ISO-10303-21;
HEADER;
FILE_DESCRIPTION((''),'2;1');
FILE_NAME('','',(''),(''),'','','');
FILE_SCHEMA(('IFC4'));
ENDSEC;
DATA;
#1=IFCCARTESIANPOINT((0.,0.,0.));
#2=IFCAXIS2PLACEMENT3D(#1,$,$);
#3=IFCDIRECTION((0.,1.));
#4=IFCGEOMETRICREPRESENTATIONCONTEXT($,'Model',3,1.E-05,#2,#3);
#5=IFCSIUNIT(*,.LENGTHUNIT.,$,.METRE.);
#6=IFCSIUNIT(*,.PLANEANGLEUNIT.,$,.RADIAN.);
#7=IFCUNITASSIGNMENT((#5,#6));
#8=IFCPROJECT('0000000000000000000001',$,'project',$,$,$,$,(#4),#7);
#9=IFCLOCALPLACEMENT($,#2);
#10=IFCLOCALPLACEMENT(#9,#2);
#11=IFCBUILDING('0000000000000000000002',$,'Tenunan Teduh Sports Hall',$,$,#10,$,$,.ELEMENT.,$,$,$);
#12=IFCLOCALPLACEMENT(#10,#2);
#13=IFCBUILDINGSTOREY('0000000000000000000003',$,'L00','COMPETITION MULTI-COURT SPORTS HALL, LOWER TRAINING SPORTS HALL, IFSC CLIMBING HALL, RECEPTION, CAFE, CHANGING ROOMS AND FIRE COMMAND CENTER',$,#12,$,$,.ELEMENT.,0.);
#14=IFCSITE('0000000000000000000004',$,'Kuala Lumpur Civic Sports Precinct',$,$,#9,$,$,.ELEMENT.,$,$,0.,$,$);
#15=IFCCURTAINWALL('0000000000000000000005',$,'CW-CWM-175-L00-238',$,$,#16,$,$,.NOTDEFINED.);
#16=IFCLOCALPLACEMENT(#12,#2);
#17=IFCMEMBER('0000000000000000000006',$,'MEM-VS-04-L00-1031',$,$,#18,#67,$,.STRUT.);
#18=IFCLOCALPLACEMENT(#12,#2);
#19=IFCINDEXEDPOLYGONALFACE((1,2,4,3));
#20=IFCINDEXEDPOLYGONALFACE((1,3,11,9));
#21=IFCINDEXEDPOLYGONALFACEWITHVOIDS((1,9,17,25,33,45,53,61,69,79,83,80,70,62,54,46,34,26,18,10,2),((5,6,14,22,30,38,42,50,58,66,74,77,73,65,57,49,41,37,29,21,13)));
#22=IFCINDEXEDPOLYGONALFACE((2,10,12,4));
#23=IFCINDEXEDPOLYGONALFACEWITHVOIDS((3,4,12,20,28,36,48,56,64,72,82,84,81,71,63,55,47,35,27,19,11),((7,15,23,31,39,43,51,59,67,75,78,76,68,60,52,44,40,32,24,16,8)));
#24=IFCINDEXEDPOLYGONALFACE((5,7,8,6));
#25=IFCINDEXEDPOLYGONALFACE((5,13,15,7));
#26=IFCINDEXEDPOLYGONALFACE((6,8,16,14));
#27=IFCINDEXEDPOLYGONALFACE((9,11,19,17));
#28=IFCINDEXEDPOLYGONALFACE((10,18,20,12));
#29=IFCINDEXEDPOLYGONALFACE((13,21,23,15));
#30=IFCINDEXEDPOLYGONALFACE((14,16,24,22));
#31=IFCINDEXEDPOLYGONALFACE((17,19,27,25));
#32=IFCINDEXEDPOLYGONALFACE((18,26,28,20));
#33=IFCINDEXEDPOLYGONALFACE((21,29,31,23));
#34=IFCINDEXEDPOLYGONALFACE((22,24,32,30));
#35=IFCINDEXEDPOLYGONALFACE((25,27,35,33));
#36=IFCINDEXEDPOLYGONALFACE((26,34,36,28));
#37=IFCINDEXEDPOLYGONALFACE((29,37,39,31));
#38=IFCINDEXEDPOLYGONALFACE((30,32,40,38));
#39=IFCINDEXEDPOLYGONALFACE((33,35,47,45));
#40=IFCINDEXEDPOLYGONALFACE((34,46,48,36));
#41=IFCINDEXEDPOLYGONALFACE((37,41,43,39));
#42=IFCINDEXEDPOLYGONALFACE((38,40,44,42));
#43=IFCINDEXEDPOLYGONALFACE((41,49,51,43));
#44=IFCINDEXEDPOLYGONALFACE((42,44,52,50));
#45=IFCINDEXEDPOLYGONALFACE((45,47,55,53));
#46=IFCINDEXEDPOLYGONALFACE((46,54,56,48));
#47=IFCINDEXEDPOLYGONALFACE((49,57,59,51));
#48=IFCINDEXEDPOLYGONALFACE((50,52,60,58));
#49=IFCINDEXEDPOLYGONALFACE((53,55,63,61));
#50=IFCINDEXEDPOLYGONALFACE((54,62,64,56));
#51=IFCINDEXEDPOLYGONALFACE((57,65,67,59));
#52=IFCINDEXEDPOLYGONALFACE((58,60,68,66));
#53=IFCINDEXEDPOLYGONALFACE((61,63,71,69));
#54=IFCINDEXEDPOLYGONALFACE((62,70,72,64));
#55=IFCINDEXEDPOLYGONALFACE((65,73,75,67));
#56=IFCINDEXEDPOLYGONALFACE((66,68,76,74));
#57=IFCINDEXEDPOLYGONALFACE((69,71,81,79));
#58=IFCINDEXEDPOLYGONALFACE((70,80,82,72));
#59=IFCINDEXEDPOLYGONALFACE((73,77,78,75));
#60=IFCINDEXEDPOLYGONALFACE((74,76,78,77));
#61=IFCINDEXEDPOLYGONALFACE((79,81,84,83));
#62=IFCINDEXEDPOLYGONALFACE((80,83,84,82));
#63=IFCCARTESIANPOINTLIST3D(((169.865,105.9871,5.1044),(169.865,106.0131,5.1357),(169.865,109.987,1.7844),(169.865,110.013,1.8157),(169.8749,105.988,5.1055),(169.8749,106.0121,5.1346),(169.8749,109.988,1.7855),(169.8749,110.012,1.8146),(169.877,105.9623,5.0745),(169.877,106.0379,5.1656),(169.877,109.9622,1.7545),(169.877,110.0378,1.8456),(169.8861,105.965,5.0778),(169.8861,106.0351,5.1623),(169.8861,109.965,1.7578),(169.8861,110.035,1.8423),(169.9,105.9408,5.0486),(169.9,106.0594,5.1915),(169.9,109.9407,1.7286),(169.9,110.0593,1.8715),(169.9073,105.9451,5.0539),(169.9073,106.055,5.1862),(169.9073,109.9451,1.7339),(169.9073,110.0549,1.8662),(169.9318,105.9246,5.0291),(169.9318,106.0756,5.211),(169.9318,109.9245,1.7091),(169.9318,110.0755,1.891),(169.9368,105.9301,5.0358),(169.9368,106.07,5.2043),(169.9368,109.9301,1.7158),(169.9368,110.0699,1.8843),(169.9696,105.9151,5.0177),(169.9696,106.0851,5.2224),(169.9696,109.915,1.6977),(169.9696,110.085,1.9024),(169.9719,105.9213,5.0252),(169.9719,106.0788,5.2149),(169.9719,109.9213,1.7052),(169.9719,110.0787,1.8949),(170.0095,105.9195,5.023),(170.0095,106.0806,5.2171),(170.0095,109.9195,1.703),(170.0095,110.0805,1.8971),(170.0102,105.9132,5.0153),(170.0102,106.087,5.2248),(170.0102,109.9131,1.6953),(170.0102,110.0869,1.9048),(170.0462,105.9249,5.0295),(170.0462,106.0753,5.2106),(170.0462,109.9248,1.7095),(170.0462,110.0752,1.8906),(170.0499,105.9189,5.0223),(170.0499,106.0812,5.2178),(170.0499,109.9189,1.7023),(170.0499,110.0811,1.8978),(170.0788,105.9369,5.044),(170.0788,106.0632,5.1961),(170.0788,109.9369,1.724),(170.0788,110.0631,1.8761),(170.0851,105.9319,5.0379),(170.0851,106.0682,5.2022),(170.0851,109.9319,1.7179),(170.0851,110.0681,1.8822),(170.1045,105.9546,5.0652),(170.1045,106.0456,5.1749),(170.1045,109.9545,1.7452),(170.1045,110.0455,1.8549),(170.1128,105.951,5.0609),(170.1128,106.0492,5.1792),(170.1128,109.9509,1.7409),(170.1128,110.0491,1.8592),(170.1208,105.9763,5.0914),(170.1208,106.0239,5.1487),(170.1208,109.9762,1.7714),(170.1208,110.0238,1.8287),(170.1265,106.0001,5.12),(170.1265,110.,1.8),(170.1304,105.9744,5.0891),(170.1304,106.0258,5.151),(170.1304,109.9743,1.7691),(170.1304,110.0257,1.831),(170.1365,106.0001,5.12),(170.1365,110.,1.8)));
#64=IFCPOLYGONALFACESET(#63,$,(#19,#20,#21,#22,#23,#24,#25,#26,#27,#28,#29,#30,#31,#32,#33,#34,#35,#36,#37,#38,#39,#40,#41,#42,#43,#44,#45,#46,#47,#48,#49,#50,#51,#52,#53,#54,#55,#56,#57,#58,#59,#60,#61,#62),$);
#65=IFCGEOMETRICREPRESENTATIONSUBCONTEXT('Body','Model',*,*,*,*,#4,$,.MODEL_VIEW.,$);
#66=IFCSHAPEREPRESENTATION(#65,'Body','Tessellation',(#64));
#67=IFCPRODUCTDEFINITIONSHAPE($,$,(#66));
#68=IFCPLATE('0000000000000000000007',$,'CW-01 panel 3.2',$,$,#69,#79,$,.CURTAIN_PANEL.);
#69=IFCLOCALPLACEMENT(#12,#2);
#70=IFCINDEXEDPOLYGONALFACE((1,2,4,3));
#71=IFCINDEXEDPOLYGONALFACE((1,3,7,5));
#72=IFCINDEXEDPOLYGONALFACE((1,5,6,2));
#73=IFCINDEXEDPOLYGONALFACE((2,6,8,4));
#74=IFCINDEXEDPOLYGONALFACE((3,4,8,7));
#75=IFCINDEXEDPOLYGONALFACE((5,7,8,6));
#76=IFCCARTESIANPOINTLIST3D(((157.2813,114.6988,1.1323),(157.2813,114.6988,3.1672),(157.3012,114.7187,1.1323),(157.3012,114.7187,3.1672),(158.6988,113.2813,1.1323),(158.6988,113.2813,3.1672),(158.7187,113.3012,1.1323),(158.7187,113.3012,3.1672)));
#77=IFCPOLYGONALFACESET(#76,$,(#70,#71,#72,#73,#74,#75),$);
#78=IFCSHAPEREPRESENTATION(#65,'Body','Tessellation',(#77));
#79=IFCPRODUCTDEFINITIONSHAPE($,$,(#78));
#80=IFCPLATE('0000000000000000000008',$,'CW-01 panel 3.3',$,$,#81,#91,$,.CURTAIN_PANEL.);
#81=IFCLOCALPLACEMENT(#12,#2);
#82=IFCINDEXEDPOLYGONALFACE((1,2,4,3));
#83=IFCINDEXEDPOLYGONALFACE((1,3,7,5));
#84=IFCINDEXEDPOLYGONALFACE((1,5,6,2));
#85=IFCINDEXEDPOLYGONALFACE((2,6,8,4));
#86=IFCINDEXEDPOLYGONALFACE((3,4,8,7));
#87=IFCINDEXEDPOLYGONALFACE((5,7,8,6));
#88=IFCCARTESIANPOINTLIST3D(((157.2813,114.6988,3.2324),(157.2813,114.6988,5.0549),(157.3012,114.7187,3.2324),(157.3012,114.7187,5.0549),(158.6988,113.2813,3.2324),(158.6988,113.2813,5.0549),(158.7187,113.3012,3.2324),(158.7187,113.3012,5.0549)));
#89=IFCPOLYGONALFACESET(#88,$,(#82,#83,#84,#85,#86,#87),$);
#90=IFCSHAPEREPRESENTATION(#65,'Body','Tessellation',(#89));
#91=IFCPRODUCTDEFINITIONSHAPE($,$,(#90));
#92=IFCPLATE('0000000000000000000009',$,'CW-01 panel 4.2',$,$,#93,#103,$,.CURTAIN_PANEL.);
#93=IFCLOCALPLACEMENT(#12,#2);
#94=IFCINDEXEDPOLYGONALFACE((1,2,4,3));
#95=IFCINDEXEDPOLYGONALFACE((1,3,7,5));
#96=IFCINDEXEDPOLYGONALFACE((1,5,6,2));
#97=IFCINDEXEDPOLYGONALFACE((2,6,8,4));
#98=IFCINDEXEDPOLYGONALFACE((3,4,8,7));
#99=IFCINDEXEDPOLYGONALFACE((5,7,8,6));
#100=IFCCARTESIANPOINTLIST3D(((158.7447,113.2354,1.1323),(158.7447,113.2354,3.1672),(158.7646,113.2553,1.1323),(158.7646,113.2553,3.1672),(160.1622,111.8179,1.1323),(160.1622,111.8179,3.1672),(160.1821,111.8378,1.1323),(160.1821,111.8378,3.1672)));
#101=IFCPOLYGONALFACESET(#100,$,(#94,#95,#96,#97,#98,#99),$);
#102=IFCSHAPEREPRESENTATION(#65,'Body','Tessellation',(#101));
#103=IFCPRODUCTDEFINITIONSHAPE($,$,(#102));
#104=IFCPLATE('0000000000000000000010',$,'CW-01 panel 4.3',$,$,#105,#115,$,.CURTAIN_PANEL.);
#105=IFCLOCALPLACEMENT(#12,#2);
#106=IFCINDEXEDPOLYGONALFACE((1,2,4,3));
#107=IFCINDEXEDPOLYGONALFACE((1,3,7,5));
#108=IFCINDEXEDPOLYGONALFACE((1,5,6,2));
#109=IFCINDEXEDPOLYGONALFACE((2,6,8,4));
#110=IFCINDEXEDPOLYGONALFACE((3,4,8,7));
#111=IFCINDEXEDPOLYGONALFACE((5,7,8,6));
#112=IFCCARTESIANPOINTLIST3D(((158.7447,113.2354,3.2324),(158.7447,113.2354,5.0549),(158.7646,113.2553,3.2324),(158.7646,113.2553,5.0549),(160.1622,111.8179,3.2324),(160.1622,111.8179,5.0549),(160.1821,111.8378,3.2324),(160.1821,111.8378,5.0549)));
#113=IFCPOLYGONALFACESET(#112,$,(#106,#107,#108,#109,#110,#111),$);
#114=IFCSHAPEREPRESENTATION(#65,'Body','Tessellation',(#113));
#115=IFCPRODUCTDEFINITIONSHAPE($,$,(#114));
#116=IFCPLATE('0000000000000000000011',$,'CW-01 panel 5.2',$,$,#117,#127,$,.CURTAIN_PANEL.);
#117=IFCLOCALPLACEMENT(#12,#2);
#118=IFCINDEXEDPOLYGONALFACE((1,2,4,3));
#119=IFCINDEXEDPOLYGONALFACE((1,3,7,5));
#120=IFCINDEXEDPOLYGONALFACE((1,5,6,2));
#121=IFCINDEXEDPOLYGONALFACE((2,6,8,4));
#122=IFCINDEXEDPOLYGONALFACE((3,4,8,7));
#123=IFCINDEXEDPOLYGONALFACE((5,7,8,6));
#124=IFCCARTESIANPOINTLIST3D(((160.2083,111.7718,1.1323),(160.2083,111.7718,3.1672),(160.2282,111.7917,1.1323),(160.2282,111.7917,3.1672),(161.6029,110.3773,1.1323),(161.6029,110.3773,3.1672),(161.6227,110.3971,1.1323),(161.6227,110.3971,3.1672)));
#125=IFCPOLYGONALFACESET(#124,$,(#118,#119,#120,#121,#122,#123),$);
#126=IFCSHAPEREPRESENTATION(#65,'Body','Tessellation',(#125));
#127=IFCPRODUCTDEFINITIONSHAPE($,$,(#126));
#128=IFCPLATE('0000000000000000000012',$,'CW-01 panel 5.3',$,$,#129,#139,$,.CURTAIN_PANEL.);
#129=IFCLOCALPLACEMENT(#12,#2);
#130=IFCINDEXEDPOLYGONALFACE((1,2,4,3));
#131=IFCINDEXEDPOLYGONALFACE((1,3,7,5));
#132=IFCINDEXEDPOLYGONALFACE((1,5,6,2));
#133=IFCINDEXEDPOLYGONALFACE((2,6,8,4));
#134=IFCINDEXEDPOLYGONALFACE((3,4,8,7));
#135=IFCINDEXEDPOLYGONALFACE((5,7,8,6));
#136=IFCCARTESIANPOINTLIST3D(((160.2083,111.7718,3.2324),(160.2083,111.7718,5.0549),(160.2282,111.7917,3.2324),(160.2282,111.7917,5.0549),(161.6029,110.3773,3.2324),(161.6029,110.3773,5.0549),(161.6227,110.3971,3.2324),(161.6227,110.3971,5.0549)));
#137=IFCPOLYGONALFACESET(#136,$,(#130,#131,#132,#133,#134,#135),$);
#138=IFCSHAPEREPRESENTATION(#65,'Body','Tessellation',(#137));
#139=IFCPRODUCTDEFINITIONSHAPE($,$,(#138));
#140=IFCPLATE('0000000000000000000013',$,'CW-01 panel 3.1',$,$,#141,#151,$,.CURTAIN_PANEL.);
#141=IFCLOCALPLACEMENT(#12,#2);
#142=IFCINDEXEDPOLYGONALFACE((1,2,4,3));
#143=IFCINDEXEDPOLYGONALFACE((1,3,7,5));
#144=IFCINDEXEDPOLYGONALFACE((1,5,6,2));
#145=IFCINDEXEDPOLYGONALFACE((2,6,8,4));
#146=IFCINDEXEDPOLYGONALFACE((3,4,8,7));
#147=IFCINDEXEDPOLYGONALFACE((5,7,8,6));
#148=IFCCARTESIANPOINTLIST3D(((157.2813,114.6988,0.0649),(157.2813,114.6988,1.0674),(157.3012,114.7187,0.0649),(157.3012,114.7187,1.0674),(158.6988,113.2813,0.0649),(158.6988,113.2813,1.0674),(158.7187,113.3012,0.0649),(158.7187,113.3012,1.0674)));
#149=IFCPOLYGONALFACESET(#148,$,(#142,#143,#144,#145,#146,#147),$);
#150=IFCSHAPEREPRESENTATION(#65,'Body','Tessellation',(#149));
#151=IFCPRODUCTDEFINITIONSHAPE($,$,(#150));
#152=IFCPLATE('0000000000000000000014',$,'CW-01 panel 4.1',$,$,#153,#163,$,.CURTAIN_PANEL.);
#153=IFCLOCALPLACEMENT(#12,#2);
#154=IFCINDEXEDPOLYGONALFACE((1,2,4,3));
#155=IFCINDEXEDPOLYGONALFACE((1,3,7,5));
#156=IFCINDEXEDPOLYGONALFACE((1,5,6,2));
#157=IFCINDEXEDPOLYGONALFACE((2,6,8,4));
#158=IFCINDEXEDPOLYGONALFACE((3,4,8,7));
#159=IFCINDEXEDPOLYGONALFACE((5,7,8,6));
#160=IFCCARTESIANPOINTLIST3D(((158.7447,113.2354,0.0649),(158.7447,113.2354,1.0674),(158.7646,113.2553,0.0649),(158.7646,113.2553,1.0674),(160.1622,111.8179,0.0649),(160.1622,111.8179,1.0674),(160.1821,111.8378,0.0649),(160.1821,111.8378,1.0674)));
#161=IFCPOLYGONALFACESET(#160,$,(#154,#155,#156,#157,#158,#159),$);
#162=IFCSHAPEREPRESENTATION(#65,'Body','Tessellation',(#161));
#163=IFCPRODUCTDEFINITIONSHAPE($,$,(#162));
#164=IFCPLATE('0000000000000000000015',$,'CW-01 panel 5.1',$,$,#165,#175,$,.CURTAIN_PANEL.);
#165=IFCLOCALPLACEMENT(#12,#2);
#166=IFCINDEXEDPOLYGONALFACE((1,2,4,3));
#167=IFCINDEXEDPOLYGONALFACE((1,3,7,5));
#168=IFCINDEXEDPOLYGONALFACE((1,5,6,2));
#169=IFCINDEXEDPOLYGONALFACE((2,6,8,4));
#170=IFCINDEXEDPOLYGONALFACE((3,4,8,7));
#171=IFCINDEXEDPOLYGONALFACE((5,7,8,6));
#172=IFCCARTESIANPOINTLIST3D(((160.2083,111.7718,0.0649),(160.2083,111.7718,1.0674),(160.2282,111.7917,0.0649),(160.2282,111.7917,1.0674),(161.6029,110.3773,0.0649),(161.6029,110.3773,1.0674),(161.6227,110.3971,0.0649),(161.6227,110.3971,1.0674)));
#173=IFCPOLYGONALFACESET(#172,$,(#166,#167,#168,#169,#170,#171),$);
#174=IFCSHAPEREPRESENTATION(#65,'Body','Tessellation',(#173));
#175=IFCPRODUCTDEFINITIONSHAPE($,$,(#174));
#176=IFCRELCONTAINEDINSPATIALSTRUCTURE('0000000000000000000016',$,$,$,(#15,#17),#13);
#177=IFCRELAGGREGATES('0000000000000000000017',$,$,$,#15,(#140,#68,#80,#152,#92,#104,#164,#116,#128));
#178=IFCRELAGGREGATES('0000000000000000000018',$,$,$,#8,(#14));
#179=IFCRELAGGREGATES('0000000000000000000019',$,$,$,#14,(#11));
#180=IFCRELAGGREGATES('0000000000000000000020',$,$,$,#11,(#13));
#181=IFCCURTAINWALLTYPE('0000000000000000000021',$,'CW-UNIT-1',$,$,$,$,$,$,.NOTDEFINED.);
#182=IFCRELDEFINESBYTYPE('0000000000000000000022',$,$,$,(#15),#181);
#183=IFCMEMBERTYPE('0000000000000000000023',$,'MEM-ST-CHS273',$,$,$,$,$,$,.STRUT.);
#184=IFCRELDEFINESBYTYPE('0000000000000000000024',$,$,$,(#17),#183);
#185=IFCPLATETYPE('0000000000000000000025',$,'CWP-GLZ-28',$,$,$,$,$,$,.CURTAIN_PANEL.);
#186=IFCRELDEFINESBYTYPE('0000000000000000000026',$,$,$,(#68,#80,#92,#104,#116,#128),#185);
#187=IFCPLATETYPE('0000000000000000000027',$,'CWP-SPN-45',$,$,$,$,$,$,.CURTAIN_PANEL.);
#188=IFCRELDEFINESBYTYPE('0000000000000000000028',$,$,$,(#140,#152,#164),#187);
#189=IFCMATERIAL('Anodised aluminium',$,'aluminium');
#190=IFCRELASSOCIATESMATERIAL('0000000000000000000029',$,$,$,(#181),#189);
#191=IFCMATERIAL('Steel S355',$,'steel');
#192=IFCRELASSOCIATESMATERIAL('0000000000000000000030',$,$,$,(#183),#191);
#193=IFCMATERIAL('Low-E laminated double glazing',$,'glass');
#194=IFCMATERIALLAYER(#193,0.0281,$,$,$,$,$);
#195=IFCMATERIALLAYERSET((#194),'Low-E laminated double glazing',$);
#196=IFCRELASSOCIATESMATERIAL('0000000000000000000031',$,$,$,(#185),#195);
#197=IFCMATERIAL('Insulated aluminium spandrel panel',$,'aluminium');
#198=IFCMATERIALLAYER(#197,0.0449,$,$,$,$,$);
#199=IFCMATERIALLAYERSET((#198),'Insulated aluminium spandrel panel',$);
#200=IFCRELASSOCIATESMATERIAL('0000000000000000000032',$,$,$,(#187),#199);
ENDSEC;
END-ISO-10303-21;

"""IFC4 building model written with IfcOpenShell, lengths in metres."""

from ifc_helpers import new_model, si_unit, direction, frame, origin, origin_2d, place, context, subcontext, project, spatial, rectangle, hollow_circle, extrude, material, layer, layer_set, material_profile, profile_set, type_object, element, aggregate, save


model = new_model("IFC4")

# Units and contexts
model_context = context("Model", 3, precision=1e-05, world=origin(), true_north=direction((0.0, 1.0)))
body_context = subcontext(model_context, "Body", "Model", "MODEL_VIEW")
ifc_project = project(units=[si_unit("LENGTHUNIT", "METRE"), si_unit("PLANEANGLEUNIT", "RADIAN")], contexts=[model_context])

# Site, building, storey
site_placement = place(None, origin())
site = spatial("IfcSite", under=ifc_project, at=site_placement, Name="Kuala Lumpur Civic Sports Precinct", CompositionType="ELEMENT", RefElevation=0.0)
building_placement = place(site_placement, origin())
building = spatial("IfcBuilding", under=site, at=building_placement, Name="Tenunan Teduh Sports Hall", CompositionType="ELEMENT")
storey_placement = place(building_placement, origin())
storey = spatial("IfcBuildingStorey", under=building, at=storey_placement, Name="L00", Description="COMPETITION MULTI-COURT SPORTS HALL, LOWER TRAINING SPORTS HALL, IFSC CLIMBING HALL, RECEPTION, CAFE, CHANGING ROOMS AND FIRE COMMAND CENTER", CompositionType="ELEMENT", Elevation=0.0)

# Curtain wall
ifc_material_1 = material(Name="Anodised aluminium", Category="aluminium")
curtain_wall_type = type_object("IfcCurtainWallType", Name="CW-UNIT-1", PredefinedType="NOTDEFINED", material=ifc_material_1)
curtain_wall_placement = place(storey_placement, origin())
curtain_wall = element("IfcCurtainWall", 1, at=curtain_wall_placement, inside=storey, type_object=curtain_wall_type, Name="CW-CWM-175-L00-238", PredefinedType="NOTDEFINED")

# Member
ifc_material_2 = material(Name="Steel S355", Category="steel")
ifc_material_profile_1 = material_profile(ifc_material_2, hollow_circle(Radius=0.1365, WallThickness=0.01, at=origin_2d()), Name="CHS 273.0x10.0")
ifc_profile_set_1 = profile_set([ifc_material_profile_1], Name="Steel S355")
member_type_1 = type_object("IfcMemberType", Name="MEM-ST-CHS273", PredefinedType="STRUT", material=ifc_profile_set_1)
member_1_placement = place(storey_placement, frame((170.0, 110.0, 1.8), z_axis=(0.0, -0.769475, 0.638677), x_axis=(1.0, 0.0, 0.0)))
element("IfcMember", 2, at=member_1_placement, inside=storey, type_object=member_type_1, Name="MEM-VS-04-L00-1031", PredefinedType="STRUT", context=body_context, shape_type="SweptSolid", body=[
    extrude(hollow_circle(Radius=0.1365, WallThickness=0.01, at=origin_2d()), origin(), (0.0, 0.0, 1.0), 5.1982),
])

# Plates
ifc_material_3 = material(Name="Low-E laminated double glazing", Category="glass")
ifc_layer_1 = layer(ifc_material_3, 0.0281)
ifc_layer_set_1 = layer_set([ifc_layer_1], Name="Low-E laminated double glazing")
plate_type_1 = type_object("IfcPlateType", Name="CWP-GLZ-28", PredefinedType="CURTAIN_PANEL", material=ifc_layer_set_1)
plate_1_placement = place(storey_placement, frame((158.0, 114.0, 1.1323), z_axis=(0.0, 0.0, 1.0), x_axis=(0.707107, -0.707107, 0.0)))
plate_1 = element("IfcPlate", 3, at=plate_1_placement, type_object=plate_type_1, Name="CW-01 panel 3.2", PredefinedType="CURTAIN_PANEL", context=body_context, shape_type="SweptSolid", body=[
    extrude(rectangle(XDim=2.0046, YDim=0.0281, at=origin_2d()), origin(), (0.0, 0.0, 1.0), 2.0349),
])
plate_2_placement = place(storey_placement, frame((158.0, 114.0, 3.2324), z_axis=(0.0, 0.0, 1.0), x_axis=(0.707107, -0.707107, 0.0)))
plate_2 = element("IfcPlate", 4, at=plate_2_placement, type_object=plate_type_1, Name="CW-01 panel 3.3", PredefinedType="CURTAIN_PANEL", context=body_context, shape_type="SweptSolid", body=[
    extrude(rectangle(XDim=2.0046, YDim=0.0281, at=origin_2d()), origin(), (0.0, 0.0, 1.0), 1.8225),
])
plate_3_placement = place(storey_placement, frame((159.4634, 112.5366, 1.1323), z_axis=(0.0, 0.0, 1.0), x_axis=(0.707107, -0.707107, 0.0)))
plate_3 = element("IfcPlate", 5, at=plate_3_placement, type_object=plate_type_1, Name="CW-01 panel 4.2", PredefinedType="CURTAIN_PANEL", context=body_context, shape_type="SweptSolid", body=[
    extrude(rectangle(XDim=2.0046, YDim=0.0281, at=origin_2d()), origin(), (0.0, 0.0, 1.0), 2.0349),
])
plate_4_placement = place(storey_placement, frame((159.4634, 112.5366, 3.2324), z_axis=(0.0, 0.0, 1.0), x_axis=(0.707107, -0.707107, 0.0)))
plate_4 = element("IfcPlate", 6, at=plate_4_placement, type_object=plate_type_1, Name="CW-01 panel 4.3", PredefinedType="CURTAIN_PANEL", context=body_context, shape_type="SweptSolid", body=[
    extrude(rectangle(XDim=2.0046, YDim=0.0281, at=origin_2d()), origin(), (0.0, 0.0, 1.0), 1.8225),
])
plate_5_placement = place(storey_placement, frame((160.9155, 111.0845, 1.1323), z_axis=(0.0, 0.0, 1.0), x_axis=(0.707107, -0.707107, 0.0)))
plate_5 = element("IfcPlate", 7, at=plate_5_placement, type_object=plate_type_1, Name="CW-01 panel 5.2", PredefinedType="CURTAIN_PANEL", context=body_context, shape_type="SweptSolid", body=[
    extrude(rectangle(XDim=1.9722, YDim=0.0281, at=origin_2d()), origin(), (0.0, 0.0, 1.0), 2.0349),
])
plate_6_placement = place(storey_placement, frame((160.9155, 111.0845, 3.2324), z_axis=(0.0, 0.0, 1.0), x_axis=(0.707107, -0.707107, 0.0)))
plate_6 = element("IfcPlate", 8, at=plate_6_placement, type_object=plate_type_1, Name="CW-01 panel 5.3", PredefinedType="CURTAIN_PANEL", context=body_context, shape_type="SweptSolid", body=[
    extrude(rectangle(XDim=1.9722, YDim=0.0281, at=origin_2d()), origin(), (0.0, 0.0, 1.0), 1.8225),
])
ifc_material_4 = material(Name="Insulated aluminium spandrel panel", Category="aluminium")
ifc_layer_2 = layer(ifc_material_4, 0.0449)
ifc_layer_set_2 = layer_set([ifc_layer_2], Name="Insulated aluminium spandrel panel")
plate_type_2 = type_object("IfcPlateType", Name="CWP-SPN-45", PredefinedType="CURTAIN_PANEL", material=ifc_layer_set_2)
plate_7_placement = place(storey_placement, frame((158.0, 114.0, 0.0649), z_axis=(0.0, 0.0, 1.0), x_axis=(0.707107, -0.707107, 0.0)))
plate_7 = element("IfcPlate", 9, at=plate_7_placement, type_object=plate_type_2, Name="CW-01 panel 3.1", PredefinedType="CURTAIN_PANEL", context=body_context, shape_type="SweptSolid", body=[
    extrude(rectangle(XDim=2.0046, YDim=0.0281, at=origin_2d()), origin(), (0.0, 0.0, 1.0), 1.0024),
])
plate_8_placement = place(storey_placement, frame((159.4634, 112.5366, 0.0649), z_axis=(0.0, 0.0, 1.0), x_axis=(0.707107, -0.707107, 0.0)))
plate_8 = element("IfcPlate", 10, at=plate_8_placement, type_object=plate_type_2, Name="CW-01 panel 4.1", PredefinedType="CURTAIN_PANEL", context=body_context, shape_type="SweptSolid", body=[
    extrude(rectangle(XDim=2.0046, YDim=0.0281, at=origin_2d()), origin(), (0.0, 0.0, 1.0), 1.0024),
])
plate_9_placement = place(storey_placement, frame((160.9155, 111.0845, 0.0649), z_axis=(0.0, 0.0, 1.0), x_axis=(0.707107, -0.707107, 0.0)))
plate_9 = element("IfcPlate", 11, at=plate_9_placement, type_object=plate_type_2, Name="CW-01 panel 5.1", PredefinedType="CURTAIN_PANEL", context=body_context, shape_type="SweptSolid", body=[
    extrude(rectangle(XDim=1.9722, YDim=0.0281, at=origin_2d()), origin(), (0.0, 0.0, 1.0), 1.0024),
])
aggregate(curtain_wall, [plate_7, plate_1, plate_2, plate_8, plate_3, plate_4, plate_9, plate_5, plate_6])

save(model, "model.ifc")
